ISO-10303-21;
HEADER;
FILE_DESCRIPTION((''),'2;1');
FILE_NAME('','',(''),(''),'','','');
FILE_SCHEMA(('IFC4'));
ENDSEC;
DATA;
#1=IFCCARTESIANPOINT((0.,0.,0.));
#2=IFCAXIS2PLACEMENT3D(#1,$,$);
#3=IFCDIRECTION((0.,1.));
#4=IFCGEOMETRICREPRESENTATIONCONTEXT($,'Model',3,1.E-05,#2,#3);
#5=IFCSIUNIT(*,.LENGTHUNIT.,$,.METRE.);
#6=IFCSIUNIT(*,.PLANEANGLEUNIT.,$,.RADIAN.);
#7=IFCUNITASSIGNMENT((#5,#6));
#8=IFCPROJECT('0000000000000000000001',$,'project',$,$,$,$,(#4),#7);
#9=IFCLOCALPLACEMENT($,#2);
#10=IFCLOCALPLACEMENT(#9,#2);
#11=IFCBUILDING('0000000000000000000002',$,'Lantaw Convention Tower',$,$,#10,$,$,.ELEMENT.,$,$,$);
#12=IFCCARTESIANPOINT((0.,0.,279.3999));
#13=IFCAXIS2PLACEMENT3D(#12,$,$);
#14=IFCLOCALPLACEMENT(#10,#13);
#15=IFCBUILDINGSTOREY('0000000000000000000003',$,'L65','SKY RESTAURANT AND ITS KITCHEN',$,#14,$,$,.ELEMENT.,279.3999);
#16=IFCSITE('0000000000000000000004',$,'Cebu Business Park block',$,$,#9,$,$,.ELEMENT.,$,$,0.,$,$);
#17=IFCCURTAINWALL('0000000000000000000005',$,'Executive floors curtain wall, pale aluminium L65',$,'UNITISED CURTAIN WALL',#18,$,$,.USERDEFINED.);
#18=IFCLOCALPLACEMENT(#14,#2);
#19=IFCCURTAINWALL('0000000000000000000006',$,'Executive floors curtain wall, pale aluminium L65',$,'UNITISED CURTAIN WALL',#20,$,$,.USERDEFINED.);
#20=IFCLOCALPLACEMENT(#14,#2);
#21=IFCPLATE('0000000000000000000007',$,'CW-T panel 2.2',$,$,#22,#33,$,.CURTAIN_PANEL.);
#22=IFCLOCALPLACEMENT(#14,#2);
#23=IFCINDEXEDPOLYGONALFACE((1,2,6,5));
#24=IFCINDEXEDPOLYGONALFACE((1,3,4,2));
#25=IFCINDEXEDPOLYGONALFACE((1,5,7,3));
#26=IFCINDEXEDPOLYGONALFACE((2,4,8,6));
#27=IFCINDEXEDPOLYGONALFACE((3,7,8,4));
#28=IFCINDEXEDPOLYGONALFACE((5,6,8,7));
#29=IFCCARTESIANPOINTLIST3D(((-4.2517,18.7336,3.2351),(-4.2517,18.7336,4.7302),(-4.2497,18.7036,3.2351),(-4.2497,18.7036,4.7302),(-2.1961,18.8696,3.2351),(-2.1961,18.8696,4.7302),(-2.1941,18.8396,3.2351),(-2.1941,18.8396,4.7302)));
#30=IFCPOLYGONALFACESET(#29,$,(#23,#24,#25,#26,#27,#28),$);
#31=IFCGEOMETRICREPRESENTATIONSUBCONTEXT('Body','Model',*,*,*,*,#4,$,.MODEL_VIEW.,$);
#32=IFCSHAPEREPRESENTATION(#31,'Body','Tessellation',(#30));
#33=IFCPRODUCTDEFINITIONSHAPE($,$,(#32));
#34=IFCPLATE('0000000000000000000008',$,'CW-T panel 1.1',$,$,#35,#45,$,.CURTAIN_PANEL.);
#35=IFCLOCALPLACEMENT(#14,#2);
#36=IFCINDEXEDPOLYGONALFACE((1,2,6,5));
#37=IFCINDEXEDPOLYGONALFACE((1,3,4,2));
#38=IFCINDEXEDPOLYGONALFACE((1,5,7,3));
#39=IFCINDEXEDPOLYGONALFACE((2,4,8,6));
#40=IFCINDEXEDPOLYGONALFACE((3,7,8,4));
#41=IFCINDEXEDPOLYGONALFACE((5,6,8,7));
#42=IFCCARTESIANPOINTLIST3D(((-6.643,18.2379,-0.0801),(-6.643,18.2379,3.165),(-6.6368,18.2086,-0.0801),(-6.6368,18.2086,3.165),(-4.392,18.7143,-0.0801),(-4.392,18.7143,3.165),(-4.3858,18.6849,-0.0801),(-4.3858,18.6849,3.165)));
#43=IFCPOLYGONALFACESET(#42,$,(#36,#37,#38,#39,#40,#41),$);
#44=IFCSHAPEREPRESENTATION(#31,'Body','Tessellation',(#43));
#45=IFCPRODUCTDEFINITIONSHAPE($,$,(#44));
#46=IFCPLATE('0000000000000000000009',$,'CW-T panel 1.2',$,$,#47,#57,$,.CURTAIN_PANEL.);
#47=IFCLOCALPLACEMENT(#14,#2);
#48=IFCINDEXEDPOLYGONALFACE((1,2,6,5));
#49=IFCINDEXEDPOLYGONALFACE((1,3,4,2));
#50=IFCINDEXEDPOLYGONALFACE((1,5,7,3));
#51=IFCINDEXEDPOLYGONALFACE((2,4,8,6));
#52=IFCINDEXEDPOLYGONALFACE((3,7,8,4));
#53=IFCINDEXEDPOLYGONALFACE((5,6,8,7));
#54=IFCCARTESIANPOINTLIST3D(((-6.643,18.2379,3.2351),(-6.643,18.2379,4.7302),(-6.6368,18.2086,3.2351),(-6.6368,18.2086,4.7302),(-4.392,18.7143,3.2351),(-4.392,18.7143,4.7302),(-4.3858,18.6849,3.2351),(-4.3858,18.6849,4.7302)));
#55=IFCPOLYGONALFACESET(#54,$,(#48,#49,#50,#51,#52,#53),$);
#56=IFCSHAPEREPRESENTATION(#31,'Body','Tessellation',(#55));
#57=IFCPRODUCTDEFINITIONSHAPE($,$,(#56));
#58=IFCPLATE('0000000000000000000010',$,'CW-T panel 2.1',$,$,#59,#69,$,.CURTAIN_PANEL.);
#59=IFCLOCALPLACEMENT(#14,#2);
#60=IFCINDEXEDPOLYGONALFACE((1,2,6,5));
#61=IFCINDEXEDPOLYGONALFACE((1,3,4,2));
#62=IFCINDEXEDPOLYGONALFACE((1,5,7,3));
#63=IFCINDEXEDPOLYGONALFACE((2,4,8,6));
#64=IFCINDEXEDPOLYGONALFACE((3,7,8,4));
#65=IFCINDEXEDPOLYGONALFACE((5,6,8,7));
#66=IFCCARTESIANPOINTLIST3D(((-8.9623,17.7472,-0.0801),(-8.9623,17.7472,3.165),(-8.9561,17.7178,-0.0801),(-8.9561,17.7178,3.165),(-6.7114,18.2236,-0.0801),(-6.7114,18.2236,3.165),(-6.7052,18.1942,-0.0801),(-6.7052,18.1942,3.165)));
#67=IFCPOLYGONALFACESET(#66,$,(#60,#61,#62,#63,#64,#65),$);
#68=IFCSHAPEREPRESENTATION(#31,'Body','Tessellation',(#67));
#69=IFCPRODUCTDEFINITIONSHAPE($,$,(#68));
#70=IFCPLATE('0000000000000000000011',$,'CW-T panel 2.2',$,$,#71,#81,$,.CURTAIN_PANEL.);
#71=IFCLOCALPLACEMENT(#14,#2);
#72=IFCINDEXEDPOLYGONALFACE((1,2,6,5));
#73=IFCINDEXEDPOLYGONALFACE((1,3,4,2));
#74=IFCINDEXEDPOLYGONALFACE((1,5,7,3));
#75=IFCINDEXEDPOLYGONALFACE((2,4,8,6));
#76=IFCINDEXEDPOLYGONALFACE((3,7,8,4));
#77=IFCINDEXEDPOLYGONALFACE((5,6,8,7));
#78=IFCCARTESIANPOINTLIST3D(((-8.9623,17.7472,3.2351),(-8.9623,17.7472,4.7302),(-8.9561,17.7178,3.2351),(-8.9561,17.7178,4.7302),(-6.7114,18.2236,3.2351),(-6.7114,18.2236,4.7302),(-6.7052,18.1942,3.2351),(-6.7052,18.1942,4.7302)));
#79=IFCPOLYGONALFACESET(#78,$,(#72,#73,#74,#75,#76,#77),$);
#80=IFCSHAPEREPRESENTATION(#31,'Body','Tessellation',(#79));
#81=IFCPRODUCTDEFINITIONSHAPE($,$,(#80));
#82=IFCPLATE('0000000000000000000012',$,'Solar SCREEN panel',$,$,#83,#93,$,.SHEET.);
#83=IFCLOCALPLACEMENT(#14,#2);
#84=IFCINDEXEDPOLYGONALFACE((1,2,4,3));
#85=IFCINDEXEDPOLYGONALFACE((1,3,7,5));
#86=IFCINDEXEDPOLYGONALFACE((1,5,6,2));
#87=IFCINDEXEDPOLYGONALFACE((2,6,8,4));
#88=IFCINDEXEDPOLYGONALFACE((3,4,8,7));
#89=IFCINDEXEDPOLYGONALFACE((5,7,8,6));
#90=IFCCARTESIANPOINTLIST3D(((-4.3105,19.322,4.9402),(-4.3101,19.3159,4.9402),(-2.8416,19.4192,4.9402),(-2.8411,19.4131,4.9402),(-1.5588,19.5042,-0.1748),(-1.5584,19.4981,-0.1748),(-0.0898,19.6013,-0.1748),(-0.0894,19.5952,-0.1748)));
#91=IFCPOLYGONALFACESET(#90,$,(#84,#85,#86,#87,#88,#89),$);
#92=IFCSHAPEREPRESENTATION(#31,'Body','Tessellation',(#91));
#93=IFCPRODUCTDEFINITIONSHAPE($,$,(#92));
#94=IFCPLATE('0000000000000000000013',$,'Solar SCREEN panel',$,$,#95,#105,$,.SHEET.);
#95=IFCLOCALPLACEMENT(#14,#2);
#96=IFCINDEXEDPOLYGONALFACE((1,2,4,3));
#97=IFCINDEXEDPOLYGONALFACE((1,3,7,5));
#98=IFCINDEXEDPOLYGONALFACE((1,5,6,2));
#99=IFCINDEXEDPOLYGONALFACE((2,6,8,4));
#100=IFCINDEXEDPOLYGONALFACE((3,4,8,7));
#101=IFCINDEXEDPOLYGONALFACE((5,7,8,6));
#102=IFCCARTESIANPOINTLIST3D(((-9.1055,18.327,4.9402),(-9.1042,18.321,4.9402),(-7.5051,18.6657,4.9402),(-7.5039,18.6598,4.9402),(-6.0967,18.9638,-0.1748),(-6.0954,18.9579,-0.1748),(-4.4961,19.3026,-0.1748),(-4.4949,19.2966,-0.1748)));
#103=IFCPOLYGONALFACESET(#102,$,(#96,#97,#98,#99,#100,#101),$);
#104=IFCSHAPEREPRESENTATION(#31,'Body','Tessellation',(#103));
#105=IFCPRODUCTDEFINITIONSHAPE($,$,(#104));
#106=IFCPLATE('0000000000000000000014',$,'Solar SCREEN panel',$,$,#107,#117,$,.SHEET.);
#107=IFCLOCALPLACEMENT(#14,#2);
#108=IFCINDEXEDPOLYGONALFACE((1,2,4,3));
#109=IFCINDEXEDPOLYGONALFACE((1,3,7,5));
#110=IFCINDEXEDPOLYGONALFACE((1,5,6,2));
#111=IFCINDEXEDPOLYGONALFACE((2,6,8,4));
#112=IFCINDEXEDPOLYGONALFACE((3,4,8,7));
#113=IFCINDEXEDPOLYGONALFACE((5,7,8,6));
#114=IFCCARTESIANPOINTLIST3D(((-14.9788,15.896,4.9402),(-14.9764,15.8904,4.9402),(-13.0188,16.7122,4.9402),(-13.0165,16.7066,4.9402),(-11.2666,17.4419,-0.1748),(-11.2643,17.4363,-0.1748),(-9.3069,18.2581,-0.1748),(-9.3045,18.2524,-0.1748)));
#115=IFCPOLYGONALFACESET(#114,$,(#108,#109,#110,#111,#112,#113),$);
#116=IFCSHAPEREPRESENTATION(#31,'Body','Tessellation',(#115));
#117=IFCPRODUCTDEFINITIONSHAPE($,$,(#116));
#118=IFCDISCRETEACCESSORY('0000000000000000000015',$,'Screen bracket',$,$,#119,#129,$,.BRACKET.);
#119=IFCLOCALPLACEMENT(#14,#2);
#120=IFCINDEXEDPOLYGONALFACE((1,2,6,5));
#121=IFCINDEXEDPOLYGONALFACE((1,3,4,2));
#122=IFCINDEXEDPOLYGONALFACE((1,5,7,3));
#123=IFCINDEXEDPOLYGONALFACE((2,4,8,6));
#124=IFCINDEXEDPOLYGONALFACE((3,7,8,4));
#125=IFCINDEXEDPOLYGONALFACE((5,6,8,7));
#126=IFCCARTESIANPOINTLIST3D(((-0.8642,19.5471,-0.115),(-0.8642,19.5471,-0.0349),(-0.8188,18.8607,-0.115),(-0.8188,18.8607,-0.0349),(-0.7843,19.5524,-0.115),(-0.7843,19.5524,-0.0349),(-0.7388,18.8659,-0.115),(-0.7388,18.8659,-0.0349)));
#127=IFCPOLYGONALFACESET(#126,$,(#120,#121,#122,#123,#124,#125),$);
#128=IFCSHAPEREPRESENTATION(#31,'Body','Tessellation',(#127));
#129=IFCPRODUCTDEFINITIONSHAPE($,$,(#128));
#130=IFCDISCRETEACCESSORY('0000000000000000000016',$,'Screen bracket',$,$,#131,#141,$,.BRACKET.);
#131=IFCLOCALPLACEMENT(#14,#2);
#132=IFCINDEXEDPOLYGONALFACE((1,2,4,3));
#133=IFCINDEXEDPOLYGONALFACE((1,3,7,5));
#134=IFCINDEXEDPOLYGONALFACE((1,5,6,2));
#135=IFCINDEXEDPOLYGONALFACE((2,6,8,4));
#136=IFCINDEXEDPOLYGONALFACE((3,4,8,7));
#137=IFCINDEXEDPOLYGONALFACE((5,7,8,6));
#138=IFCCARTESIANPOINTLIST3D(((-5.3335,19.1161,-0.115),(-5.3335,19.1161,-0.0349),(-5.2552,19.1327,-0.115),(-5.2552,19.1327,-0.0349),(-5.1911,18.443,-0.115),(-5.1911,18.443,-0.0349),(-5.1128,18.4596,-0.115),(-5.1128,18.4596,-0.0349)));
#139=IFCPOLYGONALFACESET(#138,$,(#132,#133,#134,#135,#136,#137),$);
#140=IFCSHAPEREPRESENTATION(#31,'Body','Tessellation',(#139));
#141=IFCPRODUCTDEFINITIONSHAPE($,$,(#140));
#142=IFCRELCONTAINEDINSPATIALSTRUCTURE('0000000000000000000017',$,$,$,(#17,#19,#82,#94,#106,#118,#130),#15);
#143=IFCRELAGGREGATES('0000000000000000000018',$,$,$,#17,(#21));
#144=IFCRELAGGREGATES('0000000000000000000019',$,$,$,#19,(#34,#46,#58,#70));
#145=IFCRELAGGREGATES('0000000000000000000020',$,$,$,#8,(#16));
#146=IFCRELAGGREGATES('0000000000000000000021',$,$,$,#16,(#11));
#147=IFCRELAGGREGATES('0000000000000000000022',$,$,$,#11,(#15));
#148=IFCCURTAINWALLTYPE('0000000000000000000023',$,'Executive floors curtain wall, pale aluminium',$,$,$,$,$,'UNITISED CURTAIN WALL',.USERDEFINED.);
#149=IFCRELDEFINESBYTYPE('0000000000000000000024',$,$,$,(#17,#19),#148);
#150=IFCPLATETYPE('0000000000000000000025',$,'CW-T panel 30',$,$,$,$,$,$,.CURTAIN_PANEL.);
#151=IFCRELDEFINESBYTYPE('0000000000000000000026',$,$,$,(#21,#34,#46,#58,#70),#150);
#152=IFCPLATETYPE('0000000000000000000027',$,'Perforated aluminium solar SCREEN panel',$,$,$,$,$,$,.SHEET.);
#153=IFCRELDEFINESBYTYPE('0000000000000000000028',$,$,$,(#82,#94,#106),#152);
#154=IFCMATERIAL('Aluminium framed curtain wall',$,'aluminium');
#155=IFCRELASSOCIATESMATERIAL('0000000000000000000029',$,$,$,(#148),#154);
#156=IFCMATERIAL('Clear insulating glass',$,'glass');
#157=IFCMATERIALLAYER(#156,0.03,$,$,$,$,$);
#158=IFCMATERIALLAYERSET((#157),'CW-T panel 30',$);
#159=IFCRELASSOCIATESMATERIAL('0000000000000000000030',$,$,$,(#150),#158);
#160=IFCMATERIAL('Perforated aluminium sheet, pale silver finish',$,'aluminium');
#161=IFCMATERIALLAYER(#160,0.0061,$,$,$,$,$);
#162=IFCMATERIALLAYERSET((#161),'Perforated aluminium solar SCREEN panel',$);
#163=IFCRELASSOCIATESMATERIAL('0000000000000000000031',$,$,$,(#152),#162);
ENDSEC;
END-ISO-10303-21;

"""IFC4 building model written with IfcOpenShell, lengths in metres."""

from ifc_helpers import new_model, si_unit, direction, frame, origin, origin_2d, place, context, subcontext, project, spatial, polyline, rectangle, outline, extrude, material, layer, layer_set, type_object, element, aggregate, save


model = new_model("IFC4")

# Units and contexts
model_context = context("Model", 3, precision=1e-05, world=origin(), true_north=direction((0.0, 1.0)))
body_context = subcontext(model_context, "Body", "Model", "MODEL_VIEW")
ifc_project = project(units=[si_unit("LENGTHUNIT", "METRE"), si_unit("PLANEANGLEUNIT", "RADIAN")], contexts=[model_context])

# Site, building, storey
site_placement = place(None, origin())
site = spatial("IfcSite", under=ifc_project, at=site_placement, Name="Cebu Business Park block", CompositionType="ELEMENT", RefElevation=0.0)
building_placement = place(site_placement, origin())
building = spatial("IfcBuilding", under=site, at=building_placement, Name="Lantaw Convention Tower", CompositionType="ELEMENT")
storey_placement = place(building_placement, frame((0.0, 0.0, 279.3999)))
storey = spatial("IfcBuildingStorey", under=building, at=storey_placement, Name="L65", Description="SKY RESTAURANT AND ITS KITCHEN", CompositionType="ELEMENT", Elevation=279.3999)

# Curtain walls
ifc_material_1 = material(Name="Aluminium framed curtain wall", Category="aluminium")
curtain_wall_type = type_object("IfcCurtainWallType", Name="Executive floors curtain wall, pale aluminium", ElementType="UNITISED CURTAIN WALL", PredefinedType="USERDEFINED", material=ifc_material_1)
curtain_wall_1_placement = place(storey_placement, origin())
curtain_wall_1 = element("IfcCurtainWall", 1, at=curtain_wall_1_placement, inside=storey, type_object=curtain_wall_type, Name="Executive floors curtain wall, pale aluminium L65", ObjectType="UNITISED CURTAIN WALL", PredefinedType="USERDEFINED")
curtain_wall_2_placement = place(storey_placement, origin())
curtain_wall_2 = element("IfcCurtainWall", 2, at=curtain_wall_2_placement, inside=storey, type_object=curtain_wall_type, Name="Executive floors curtain wall, pale aluminium L65", ObjectType="UNITISED CURTAIN WALL", PredefinedType="USERDEFINED")

# Plates
ifc_material_2 = material(Name="Clear insulating glass", Category="glass")
ifc_layer_1 = layer(ifc_material_2, 0.03)
ifc_layer_set_1 = layer_set([ifc_layer_1], Name="CW-T panel 30")
plate_type_1 = type_object("IfcPlateType", Name="CW-T panel 30", PredefinedType="CURTAIN_PANEL", material=ifc_layer_set_1)
plate_1_placement = place(storey_placement, frame((-3.2229, 18.7866, 3.2351), z_axis=(0.0, 0.0, 1.0), x_axis=(-0.997818, -0.066025, 0.0)))
plate_1 = element("IfcPlate", 3, at=plate_1_placement, type_object=plate_type_1, Name="CW-T panel 2.2", PredefinedType="CURTAIN_PANEL", context=body_context, shape_type="SweptSolid", body=[
    extrude(rectangle(XDim=2.0601, YDim=0.03, at=origin_2d()), origin(), (0.0, 0.0, 1.0), 1.4951),
])
aggregate(curtain_wall_1, [plate_1])
plate_2_placement = place(storey_placement, frame((-5.5144, 18.4614, -0.0801), z_axis=(0.0, 0.0, 1.0), x_axis=(-0.978332, -0.20704, 0.0)))
plate_2 = element("IfcPlate", 4, at=plate_2_placement, type_object=plate_type_1, Name="CW-T panel 1.1", PredefinedType="CURTAIN_PANEL", context=body_context, shape_type="SweptSolid", body=[
    extrude(rectangle(XDim=2.3008, YDim=0.03, at=origin_2d()), origin(), (0.0, 0.0, 1.0), 3.2451),
])
plate_3_placement = place(storey_placement, frame((-5.5144, 18.4614, 3.2351), z_axis=(0.0, 0.0, 1.0), x_axis=(-0.978332, -0.20704, 0.0)))
plate_3 = element("IfcPlate", 5, at=plate_3_placement, type_object=plate_type_1, Name="CW-T panel 1.2", PredefinedType="CURTAIN_PANEL", context=body_context, shape_type="SweptSolid", body=[
    extrude(rectangle(XDim=2.3008, YDim=0.03, at=origin_2d()), origin(), (0.0, 0.0, 1.0), 1.4951),
])
plate_4_placement = place(storey_placement, frame((-7.8337, 17.9707, -0.0801), z_axis=(0.0, 0.0, 1.0), x_axis=(-0.978332, -0.20704, 0.0)))
plate_4 = element("IfcPlate", 6, at=plate_4_placement, type_object=plate_type_1, Name="CW-T panel 2.1", PredefinedType="CURTAIN_PANEL", context=body_context, shape_type="SweptSolid", body=[
    extrude(rectangle(XDim=2.3008, YDim=0.03, at=origin_2d()), origin(), (0.0, 0.0, 1.0), 3.2451),
])
plate_5_placement = place(storey_placement, frame((-7.8337, 17.9707, 3.2351), z_axis=(0.0, 0.0, 1.0), x_axis=(-0.978332, -0.20704, 0.0)))
plate_5 = element("IfcPlate", 7, at=plate_5_placement, type_object=plate_type_1, Name="CW-T panel 2.2", PredefinedType="CURTAIN_PANEL", context=body_context, shape_type="SweptSolid", body=[
    extrude(rectangle(XDim=2.3008, YDim=0.03, at=origin_2d()), origin(), (0.0, 0.0, 1.0), 1.4951),
])
aggregate(curtain_wall_2, [plate_2, plate_3, plate_4, plate_5])

# Plates
ifc_material_3 = material(Name="Perforated aluminium sheet, pale silver finish", Category="aluminium")
ifc_layer_2 = layer(ifc_material_3, 0.0061)
ifc_layer_set_2 = layer_set([ifc_layer_2], Name="Perforated aluminium solar SCREEN panel")
plate_type_2 = type_object("IfcPlateType", Name="Perforated aluminium solar SCREEN panel", PredefinedType="SHEET", material=ifc_layer_set_2)
plate_6_placement = place(storey_placement, frame((-0.0898, 19.6013, -0.1748), z_axis=(-0.066002, 0.99782, 0.000022), x_axis=(-0.99782, -0.066002, 0.0)))
element("IfcPlate", 8, at=plate_6_placement, inside=storey, type_object=plate_type_2, Name="Solar SCREEN panel", PredefinedType="SHEET", context=body_context, shape_type="SweptSolid", body=[
    extrude(outline(polyline([(0.0, 0.0), (1.4722, 0.0), (4.2299, 5.115), (2.7577, 5.115), (0.0, 0.0)])), origin(), (0.0, 0.0, -1.0), 0.0061),
])
plate_7_placement = place(storey_placement, frame((-4.4949, 19.2966, -0.1748), z_axis=(0.207067, -0.978327, 0.000002), x_axis=(-0.978327, -0.207067, 0.0)))
element("IfcPlate", 9, at=plate_7_placement, inside=storey, type_object=plate_type_2, Name="Solar SCREEN panel", PredefinedType="SHEET", context=body_context, shape_type="SweptSolid", body=[
    extrude(outline(polyline([(0.0, 0.0), (1.636, 0.0), (4.7115, -5.115), (3.0757, -5.115), (0.0, 0.0)])), origin(), (0.0, 0.0, -1.0), 0.0061),
])
plate_8_placement = place(storey_placement, frame((-9.3069, 18.2581, -0.1748), z_axis=(-0.38444, 0.92315, 0.000008), x_axis=(-0.92315, -0.38444, 0.0)))
element("IfcPlate", 10, at=plate_8_placement, inside=storey, type_object=plate_type_2, Name="Solar SCREEN panel", PredefinedType="SHEET", context=body_context, shape_type="SweptSolid", body=[
    extrude(outline(polyline([(0.0, 0.0), (2.1229, 0.0), (6.1441, 5.115), (4.021, 5.115), (0.0, 0.0)])), origin(), (0.0, 0.0, -1.0), 0.0061),
])

# Discrete accessories
for number, where, z_axis, x_axis, name in (
    (11, (-0.8015, 19.2065, -0.115), (0.0, 0.0, 1.0), (-0.997818, -0.066025, 0.0), "Screen bracket"),
    (12, (-5.2231, 18.7878, -0.115), (0.0, 0.0, 1.0), (-0.978332, -0.20704, 0.0), "Screen bracket"),
):
    element("IfcDiscreteAccessory", number, at=place(storey_placement, frame(where, z_axis=z_axis, x_axis=x_axis)), inside=storey, Name=name, PredefinedType="BRACKET", context=body_context, shape_type="SweptSolid", body=[
        extrude(rectangle(XDim=0.0801, YDim=0.688, at=origin_2d()), origin(), (0.0, 0.0, 1.0), 0.0801),
    ])

save(model, "model.ifc")
